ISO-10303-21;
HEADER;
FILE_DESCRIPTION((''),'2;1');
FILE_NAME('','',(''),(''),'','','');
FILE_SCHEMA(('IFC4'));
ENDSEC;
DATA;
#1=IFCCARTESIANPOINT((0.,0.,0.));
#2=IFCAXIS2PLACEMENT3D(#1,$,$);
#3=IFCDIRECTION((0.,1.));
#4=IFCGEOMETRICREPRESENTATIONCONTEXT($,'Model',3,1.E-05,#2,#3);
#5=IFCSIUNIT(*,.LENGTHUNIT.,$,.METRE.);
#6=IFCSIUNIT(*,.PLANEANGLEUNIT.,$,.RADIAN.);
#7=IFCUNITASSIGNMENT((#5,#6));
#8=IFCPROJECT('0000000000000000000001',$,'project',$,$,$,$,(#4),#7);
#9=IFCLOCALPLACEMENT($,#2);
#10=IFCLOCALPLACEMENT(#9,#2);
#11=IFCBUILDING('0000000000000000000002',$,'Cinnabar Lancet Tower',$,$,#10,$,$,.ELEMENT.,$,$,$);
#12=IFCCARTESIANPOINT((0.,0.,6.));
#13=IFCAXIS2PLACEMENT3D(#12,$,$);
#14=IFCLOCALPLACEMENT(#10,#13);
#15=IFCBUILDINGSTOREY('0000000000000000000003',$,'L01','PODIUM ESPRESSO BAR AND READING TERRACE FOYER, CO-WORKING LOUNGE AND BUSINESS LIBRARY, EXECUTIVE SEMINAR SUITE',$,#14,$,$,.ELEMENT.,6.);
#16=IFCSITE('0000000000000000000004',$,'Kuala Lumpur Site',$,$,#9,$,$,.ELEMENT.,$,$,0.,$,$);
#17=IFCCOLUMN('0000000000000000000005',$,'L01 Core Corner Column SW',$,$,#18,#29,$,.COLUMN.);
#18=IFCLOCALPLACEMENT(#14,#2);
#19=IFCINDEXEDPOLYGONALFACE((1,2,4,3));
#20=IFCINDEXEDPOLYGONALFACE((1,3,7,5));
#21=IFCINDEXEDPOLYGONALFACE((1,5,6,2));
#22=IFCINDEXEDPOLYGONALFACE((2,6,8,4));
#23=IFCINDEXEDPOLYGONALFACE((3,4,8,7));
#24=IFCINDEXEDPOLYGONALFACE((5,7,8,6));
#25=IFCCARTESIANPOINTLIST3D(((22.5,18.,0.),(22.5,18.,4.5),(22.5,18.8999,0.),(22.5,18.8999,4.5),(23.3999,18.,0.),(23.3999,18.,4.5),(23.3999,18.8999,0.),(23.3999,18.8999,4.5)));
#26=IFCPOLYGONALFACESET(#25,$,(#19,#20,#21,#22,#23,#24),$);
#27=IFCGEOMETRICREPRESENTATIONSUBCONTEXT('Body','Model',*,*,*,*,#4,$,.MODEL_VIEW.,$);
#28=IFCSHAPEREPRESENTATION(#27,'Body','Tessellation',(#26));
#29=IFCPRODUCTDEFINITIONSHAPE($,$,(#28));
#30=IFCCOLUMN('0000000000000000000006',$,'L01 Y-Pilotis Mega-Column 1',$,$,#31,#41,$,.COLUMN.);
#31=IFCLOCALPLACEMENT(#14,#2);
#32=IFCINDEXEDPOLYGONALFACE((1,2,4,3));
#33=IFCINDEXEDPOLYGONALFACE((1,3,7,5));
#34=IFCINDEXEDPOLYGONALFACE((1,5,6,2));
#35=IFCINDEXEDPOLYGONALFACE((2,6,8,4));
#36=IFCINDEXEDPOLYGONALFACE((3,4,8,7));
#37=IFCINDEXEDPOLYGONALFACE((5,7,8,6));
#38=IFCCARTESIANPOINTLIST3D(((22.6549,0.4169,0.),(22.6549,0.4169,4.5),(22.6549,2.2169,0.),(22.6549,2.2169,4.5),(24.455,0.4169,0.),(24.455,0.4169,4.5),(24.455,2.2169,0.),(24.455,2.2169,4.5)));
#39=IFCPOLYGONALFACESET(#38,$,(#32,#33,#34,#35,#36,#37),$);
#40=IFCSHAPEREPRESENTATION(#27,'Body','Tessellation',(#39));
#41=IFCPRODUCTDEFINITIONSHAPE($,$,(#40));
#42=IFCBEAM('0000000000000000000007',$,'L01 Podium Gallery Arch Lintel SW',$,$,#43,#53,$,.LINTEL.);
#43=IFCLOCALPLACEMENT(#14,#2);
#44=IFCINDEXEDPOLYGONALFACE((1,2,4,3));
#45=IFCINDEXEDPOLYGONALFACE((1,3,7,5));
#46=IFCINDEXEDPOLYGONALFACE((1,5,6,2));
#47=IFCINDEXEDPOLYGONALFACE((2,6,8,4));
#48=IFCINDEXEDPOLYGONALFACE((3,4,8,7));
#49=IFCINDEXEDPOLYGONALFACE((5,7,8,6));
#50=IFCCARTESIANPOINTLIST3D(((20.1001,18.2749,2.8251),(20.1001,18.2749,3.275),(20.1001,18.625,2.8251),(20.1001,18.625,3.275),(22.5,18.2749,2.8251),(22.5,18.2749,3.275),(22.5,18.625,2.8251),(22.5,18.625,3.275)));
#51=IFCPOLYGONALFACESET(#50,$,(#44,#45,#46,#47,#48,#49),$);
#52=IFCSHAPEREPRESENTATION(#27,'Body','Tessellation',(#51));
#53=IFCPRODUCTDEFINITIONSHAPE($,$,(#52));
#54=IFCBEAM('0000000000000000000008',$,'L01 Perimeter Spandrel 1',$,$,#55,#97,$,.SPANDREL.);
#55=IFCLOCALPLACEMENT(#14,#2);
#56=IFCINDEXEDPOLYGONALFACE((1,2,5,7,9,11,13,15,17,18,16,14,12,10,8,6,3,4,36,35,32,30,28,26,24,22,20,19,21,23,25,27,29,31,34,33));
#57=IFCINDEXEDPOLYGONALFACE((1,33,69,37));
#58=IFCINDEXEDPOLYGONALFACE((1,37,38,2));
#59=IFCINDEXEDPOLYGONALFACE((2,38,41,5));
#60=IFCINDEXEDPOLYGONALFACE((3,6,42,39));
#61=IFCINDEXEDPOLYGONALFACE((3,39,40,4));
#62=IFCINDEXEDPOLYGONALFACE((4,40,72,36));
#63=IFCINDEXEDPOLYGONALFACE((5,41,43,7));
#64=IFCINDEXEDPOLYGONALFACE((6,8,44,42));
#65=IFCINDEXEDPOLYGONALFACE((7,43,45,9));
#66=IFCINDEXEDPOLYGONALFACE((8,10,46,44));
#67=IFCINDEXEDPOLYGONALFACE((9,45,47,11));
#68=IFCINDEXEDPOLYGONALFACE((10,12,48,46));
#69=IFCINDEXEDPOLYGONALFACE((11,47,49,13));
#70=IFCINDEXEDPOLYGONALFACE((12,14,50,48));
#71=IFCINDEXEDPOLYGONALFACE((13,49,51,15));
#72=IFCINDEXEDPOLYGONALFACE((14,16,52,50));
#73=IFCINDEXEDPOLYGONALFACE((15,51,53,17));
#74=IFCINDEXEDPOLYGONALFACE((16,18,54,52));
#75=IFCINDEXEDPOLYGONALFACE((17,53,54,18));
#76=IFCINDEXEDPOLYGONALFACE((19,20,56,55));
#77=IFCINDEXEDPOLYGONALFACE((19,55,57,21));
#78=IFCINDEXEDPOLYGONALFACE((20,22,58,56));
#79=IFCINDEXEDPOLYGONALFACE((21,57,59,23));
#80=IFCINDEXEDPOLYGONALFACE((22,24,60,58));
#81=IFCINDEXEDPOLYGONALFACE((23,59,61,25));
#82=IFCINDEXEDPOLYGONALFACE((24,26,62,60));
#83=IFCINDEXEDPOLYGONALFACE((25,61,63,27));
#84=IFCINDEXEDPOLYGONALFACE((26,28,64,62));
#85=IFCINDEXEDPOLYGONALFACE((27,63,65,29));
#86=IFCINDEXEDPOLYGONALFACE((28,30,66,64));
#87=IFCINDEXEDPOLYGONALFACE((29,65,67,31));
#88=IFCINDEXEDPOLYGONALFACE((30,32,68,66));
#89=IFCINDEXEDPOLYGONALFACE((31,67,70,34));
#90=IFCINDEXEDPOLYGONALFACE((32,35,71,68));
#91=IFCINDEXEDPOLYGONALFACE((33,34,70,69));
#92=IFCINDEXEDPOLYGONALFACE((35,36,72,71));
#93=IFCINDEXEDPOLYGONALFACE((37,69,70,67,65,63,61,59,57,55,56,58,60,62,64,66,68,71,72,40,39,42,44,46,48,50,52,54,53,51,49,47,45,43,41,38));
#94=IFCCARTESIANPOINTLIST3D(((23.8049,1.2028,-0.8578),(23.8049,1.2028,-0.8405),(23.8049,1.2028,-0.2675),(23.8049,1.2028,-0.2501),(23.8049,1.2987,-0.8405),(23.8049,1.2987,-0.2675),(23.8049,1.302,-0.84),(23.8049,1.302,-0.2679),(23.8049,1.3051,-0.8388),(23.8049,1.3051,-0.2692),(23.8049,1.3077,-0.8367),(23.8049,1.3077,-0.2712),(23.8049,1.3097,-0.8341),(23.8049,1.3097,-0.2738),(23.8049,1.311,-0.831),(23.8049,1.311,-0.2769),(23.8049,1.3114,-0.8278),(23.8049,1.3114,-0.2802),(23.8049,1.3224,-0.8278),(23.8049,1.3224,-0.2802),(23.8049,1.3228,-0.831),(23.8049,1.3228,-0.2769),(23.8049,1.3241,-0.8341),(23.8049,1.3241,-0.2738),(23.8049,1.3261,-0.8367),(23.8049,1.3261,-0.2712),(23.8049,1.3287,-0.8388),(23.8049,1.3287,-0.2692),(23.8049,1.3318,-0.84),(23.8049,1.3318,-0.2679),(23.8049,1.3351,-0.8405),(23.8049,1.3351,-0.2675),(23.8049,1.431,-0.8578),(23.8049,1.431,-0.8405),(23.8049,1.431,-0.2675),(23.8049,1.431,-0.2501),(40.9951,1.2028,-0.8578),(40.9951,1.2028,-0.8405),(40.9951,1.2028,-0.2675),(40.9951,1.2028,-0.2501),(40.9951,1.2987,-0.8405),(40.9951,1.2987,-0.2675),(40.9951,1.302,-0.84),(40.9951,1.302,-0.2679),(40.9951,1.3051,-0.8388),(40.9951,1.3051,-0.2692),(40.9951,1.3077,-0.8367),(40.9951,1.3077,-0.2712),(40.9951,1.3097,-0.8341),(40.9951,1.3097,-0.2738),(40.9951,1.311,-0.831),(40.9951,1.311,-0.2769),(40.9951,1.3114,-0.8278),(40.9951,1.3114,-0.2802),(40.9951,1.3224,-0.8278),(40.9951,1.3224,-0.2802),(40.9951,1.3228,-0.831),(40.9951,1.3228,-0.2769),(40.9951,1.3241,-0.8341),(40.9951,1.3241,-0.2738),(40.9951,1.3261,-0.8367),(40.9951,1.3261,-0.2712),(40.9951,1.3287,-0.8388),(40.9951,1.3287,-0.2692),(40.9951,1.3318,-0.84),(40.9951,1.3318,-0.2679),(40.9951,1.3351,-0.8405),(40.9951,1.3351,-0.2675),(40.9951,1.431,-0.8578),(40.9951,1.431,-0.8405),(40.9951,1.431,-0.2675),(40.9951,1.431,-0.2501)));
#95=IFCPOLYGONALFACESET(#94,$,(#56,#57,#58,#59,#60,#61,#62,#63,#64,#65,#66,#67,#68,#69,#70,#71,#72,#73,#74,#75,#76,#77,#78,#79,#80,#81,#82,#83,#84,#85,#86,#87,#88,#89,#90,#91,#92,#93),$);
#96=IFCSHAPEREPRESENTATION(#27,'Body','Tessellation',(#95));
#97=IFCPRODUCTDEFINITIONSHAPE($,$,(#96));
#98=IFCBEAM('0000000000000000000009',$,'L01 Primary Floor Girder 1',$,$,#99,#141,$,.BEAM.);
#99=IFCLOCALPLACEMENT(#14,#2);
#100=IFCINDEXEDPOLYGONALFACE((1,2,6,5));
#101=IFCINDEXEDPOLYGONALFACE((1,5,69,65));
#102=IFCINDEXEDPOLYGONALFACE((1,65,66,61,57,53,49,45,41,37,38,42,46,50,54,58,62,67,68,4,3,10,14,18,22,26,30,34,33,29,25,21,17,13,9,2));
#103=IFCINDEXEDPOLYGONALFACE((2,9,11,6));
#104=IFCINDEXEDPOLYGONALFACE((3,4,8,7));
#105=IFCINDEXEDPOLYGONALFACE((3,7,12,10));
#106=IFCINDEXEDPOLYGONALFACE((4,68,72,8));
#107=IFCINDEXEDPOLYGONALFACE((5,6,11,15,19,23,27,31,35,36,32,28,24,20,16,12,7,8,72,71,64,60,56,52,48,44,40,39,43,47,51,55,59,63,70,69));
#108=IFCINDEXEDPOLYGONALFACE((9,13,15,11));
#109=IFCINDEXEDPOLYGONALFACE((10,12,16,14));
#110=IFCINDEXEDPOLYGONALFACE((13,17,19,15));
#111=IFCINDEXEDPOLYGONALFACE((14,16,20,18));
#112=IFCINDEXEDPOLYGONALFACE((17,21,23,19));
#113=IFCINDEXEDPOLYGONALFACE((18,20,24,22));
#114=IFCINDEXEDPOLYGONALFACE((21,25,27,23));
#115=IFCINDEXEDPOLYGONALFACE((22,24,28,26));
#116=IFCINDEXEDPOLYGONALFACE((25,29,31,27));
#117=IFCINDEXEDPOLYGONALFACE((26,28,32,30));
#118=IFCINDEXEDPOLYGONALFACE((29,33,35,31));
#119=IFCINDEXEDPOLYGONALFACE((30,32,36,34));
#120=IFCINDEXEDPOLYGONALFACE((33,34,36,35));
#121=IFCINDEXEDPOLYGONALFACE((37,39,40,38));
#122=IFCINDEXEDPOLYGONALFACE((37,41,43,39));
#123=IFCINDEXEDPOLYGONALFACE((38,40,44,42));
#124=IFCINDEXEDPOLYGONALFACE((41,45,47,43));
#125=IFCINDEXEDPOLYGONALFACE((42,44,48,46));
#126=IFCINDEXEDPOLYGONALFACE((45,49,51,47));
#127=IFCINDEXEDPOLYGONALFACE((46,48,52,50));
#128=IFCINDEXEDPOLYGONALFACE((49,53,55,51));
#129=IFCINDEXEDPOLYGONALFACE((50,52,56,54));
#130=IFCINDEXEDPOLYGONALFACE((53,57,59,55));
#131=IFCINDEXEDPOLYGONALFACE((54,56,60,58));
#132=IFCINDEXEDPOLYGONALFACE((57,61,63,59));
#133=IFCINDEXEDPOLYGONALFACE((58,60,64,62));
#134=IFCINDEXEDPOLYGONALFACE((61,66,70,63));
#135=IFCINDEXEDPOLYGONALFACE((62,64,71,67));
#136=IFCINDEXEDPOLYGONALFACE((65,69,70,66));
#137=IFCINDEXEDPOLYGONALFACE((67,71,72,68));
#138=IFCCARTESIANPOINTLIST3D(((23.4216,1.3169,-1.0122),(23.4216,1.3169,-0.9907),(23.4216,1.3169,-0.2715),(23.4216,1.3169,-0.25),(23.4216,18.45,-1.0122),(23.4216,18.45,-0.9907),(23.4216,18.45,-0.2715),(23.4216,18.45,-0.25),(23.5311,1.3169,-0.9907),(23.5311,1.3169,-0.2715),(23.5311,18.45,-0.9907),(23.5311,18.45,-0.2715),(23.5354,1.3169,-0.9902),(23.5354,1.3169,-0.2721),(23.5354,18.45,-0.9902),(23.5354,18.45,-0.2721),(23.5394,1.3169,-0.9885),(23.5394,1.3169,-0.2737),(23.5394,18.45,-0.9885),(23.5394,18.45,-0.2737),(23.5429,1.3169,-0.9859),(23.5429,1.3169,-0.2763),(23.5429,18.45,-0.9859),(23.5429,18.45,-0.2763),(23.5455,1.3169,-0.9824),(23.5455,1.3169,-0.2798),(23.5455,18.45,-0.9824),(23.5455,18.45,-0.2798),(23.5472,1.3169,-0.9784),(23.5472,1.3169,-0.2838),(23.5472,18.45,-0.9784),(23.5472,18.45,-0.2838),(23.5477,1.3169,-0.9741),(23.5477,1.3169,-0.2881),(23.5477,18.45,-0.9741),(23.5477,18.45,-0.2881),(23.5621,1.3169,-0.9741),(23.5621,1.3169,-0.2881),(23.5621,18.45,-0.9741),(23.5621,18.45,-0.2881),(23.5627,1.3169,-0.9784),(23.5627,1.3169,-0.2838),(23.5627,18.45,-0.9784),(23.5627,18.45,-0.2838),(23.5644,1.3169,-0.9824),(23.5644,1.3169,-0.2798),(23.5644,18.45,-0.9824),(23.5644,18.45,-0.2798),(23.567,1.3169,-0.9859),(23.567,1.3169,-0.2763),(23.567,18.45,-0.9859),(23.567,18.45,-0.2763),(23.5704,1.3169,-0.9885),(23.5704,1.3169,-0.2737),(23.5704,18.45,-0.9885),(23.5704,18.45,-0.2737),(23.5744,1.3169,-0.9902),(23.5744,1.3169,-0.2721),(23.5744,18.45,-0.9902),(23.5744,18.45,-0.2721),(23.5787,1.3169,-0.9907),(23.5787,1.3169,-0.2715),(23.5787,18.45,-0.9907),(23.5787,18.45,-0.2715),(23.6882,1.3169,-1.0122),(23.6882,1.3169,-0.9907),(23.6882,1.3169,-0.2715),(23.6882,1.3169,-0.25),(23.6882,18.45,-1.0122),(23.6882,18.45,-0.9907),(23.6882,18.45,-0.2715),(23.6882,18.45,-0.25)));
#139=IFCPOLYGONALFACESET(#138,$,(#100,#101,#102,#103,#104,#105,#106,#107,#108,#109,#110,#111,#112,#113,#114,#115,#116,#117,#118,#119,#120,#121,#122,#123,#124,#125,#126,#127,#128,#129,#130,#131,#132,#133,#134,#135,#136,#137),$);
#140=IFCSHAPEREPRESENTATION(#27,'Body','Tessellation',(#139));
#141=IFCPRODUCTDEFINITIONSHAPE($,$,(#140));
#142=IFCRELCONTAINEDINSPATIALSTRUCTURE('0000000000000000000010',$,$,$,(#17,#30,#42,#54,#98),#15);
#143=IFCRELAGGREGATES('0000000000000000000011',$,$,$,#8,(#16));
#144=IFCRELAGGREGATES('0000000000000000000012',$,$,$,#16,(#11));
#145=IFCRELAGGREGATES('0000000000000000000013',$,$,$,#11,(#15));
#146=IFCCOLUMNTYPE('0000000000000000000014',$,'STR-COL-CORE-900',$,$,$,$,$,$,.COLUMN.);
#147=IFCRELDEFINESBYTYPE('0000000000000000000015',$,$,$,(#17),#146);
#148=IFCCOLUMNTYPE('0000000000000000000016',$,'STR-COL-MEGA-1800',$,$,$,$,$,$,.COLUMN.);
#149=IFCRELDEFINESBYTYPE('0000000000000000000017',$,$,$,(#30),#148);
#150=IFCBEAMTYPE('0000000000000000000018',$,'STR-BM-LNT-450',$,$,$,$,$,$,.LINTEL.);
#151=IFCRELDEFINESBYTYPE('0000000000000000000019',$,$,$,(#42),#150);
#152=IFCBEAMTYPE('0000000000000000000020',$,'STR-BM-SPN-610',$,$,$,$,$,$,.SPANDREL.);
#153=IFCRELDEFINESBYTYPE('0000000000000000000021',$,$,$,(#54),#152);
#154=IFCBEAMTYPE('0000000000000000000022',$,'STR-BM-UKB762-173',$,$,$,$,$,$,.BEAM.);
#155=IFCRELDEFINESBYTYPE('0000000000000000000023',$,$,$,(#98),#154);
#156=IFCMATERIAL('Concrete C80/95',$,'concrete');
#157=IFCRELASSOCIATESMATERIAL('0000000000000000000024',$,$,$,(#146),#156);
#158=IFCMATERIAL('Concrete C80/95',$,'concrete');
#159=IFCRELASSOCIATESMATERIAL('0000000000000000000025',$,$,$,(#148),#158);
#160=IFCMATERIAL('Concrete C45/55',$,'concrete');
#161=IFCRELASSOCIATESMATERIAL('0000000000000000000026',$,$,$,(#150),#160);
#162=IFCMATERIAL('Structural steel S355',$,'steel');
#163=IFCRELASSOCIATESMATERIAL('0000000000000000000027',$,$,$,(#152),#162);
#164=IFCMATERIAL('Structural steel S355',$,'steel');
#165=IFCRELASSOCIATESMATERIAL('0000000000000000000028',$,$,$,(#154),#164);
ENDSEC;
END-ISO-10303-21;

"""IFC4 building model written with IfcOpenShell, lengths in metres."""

from ifc_helpers import new_model, si_unit, direction, frame, origin, origin_2d, place, context, subcontext, project, spatial, rectangle, i_section, extrude, material, material_profile, profile_set, type_object, element, save


model = new_model("IFC4")

# Units and contexts
model_context = context("Model", 3, precision=1e-05, world=origin(), true_north=direction((0.0, 1.0)))
body_context = subcontext(model_context, "Body", "Model", "MODEL_VIEW")
ifc_project = project(units=[si_unit("LENGTHUNIT", "METRE"), si_unit("PLANEANGLEUNIT", "RADIAN")], contexts=[model_context])

# Site, building, storey
site_placement = place(None, origin())
site = spatial("IfcSite", under=ifc_project, at=site_placement, Name="Kuala Lumpur Site", CompositionType="ELEMENT", RefElevation=0.0)
building_placement = place(site_placement, origin())
building = spatial("IfcBuilding", under=site, at=building_placement, Name="Cinnabar Lancet Tower", CompositionType="ELEMENT")
storey_placement = place(building_placement, frame((0.0, 0.0, 6.0)))
storey = spatial("IfcBuildingStorey", under=building, at=storey_placement, Name="L01", Description="PODIUM ESPRESSO BAR AND READING TERRACE FOYER, CO-WORKING LOUNGE AND BUSINESS LIBRARY, EXECUTIVE SEMINAR SUITE", CompositionType="ELEMENT", Elevation=6.0)

# Columns
ifc_material_1 = material(Name="Concrete C80/95", Category="concrete")
ifc_material_profile_1 = material_profile(ifc_material_1, rectangle(XDim=0.8999, YDim=0.8999, at=origin_2d()), Name="RC-COL 900x900")
ifc_profile_set_1 = profile_set([ifc_material_profile_1], Name="Concrete C80/95")
column_type_1 = type_object("IfcColumnType", Name="STR-COL-CORE-900", PredefinedType="COLUMN", material=ifc_profile_set_1)
column_1_placement = place(storey_placement, frame((22.95, 18.45, 0.0), z_axis=(0.0, 0.0, 1.0), x_axis=(1.0, 0.0, 0.0)))
element("IfcColumn", 1, at=column_1_placement, inside=storey, type_object=column_type_1, Name="L01 Core Corner Column SW", PredefinedType="COLUMN", context=body_context, shape_type="SweptSolid", body=[
    extrude(rectangle(XDim=0.8999, YDim=0.8999, at=origin_2d()), origin(), (0.0, 0.0, 1.0), 4.5),
])
ifc_material_2 = material(Name="Concrete C80/95", Category="concrete")
ifc_material_profile_2 = material_profile(ifc_material_2, rectangle(XDim=1.8, YDim=1.8, at=origin_2d()), Name="RC-MEGA 1800x1800")
ifc_profile_set_2 = profile_set([ifc_material_profile_2], Name="Concrete C80/95")
column_type_2 = type_object("IfcColumnType", Name="STR-COL-MEGA-1800", PredefinedType="COLUMN", material=ifc_profile_set_2)
column_2_placement = place(storey_placement, frame((23.5549, 1.3169, 0.0), z_axis=(0.0, 0.0, 1.0), x_axis=(1.0, 0.0, 0.0)))
element("IfcColumn", 2, at=column_2_placement, inside=storey, type_object=column_type_2, Name="L01 Y-Pilotis Mega-Column 1", PredefinedType="COLUMN", context=body_context, shape_type="SweptSolid", body=[
    extrude(rectangle(XDim=1.8, YDim=1.8, at=origin_2d()), origin(), (0.0, 0.0, 1.0), 4.5),
])

# Beams
ifc_material_3 = material(Name="Concrete C45/55", Category="concrete")
ifc_material_profile_3 = material_profile(ifc_material_3, rectangle(XDim=0.3501, YDim=0.45, at=origin_2d()), Name="RC-LNT 350x450")
ifc_profile_set_3 = profile_set([ifc_material_profile_3], Name="Concrete C45/55")
beam_type_1 = type_object("IfcBeamType", Name="STR-BM-LNT-450", PredefinedType="LINTEL", material=ifc_profile_set_3)
beam_1_placement = place(storey_placement, frame((20.1001, 18.45, 3.05), z_axis=(1.0, 0.0, 0.0), x_axis=(0.0, 1.0, 0.0)))
element("IfcBeam", 3, at=beam_1_placement, inside=storey, type_object=beam_type_1, Name="L01 Podium Gallery Arch Lintel SW", PredefinedType="LINTEL", context=body_context, shape_type="SweptSolid", body=[
    extrude(rectangle(XDim=0.3501, YDim=0.45, at=origin_2d()), origin(), (0.0, 0.0, 1.0), 2.3999),
])
ifc_material_4 = material(Name="Structural steel S355", Category="steel")
ifc_material_profile_4 = material_profile(ifc_material_4, i_section(OverallWidth=0.2283, OverallDepth=0.6077, WebThickness=0.011, FlangeThickness=0.0173, FilletRadius=0.0127, at=origin_2d()), Name="UKB 610x229x113")
ifc_profile_set_4 = profile_set([ifc_material_profile_4], Name="Structural steel S355")
beam_type_2 = type_object("IfcBeamType", Name="STR-BM-SPN-610", PredefinedType="SPANDREL", material=ifc_profile_set_4)
beam_2_placement = place(storey_placement, frame((23.8049, 1.3169, -0.554), z_axis=(1.0, 0.0, 0.0), x_axis=(0.0, 1.0, 0.0)))
element("IfcBeam", 4, at=beam_2_placement, inside=storey, type_object=beam_type_2, Name="L01 Perimeter Spandrel 1", PredefinedType="SPANDREL", context=body_context, shape_type="SweptSolid", body=[
    extrude(i_section(OverallWidth=0.2283, OverallDepth=0.6077, WebThickness=0.011, FlangeThickness=0.0173, FilletRadius=0.0127, at=origin_2d()), origin(), (0.0, 0.0, 1.0), 17.1902),
])
ifc_material_5 = material(Name="Structural steel S355", Category="steel")
ifc_material_profile_5 = material_profile(ifc_material_5, i_section(OverallWidth=0.2666, OverallDepth=0.7622, WebThickness=0.0144, FlangeThickness=0.0215, FilletRadius=0.0166, at=origin_2d()), Name="UKB 762x267x173")
ifc_profile_set_5 = profile_set([ifc_material_profile_5], Name="Structural steel S355")
beam_type_3 = type_object("IfcBeamType", Name="STR-BM-UKB762-173", PredefinedType="BEAM", material=ifc_profile_set_5)
beam_3_placement = place(storey_placement, frame((23.5549, 1.3169, -0.6311), z_axis=(0.0, 1.0, 0.0), x_axis=(-1.0, 0.0, 0.0)))
element("IfcBeam", 5, at=beam_3_placement, inside=storey, type_object=beam_type_3, Name="L01 Primary Floor Girder 1", PredefinedType="BEAM", context=body_context, shape_type="SweptSolid", body=[
    extrude(i_section(OverallWidth=0.2666, OverallDepth=0.7622, WebThickness=0.0144, FlangeThickness=0.0215, FilletRadius=0.0166, at=origin_2d()), origin(), (0.0, 0.0, 1.0), 17.1331),
])

save(model, "model.ifc")
